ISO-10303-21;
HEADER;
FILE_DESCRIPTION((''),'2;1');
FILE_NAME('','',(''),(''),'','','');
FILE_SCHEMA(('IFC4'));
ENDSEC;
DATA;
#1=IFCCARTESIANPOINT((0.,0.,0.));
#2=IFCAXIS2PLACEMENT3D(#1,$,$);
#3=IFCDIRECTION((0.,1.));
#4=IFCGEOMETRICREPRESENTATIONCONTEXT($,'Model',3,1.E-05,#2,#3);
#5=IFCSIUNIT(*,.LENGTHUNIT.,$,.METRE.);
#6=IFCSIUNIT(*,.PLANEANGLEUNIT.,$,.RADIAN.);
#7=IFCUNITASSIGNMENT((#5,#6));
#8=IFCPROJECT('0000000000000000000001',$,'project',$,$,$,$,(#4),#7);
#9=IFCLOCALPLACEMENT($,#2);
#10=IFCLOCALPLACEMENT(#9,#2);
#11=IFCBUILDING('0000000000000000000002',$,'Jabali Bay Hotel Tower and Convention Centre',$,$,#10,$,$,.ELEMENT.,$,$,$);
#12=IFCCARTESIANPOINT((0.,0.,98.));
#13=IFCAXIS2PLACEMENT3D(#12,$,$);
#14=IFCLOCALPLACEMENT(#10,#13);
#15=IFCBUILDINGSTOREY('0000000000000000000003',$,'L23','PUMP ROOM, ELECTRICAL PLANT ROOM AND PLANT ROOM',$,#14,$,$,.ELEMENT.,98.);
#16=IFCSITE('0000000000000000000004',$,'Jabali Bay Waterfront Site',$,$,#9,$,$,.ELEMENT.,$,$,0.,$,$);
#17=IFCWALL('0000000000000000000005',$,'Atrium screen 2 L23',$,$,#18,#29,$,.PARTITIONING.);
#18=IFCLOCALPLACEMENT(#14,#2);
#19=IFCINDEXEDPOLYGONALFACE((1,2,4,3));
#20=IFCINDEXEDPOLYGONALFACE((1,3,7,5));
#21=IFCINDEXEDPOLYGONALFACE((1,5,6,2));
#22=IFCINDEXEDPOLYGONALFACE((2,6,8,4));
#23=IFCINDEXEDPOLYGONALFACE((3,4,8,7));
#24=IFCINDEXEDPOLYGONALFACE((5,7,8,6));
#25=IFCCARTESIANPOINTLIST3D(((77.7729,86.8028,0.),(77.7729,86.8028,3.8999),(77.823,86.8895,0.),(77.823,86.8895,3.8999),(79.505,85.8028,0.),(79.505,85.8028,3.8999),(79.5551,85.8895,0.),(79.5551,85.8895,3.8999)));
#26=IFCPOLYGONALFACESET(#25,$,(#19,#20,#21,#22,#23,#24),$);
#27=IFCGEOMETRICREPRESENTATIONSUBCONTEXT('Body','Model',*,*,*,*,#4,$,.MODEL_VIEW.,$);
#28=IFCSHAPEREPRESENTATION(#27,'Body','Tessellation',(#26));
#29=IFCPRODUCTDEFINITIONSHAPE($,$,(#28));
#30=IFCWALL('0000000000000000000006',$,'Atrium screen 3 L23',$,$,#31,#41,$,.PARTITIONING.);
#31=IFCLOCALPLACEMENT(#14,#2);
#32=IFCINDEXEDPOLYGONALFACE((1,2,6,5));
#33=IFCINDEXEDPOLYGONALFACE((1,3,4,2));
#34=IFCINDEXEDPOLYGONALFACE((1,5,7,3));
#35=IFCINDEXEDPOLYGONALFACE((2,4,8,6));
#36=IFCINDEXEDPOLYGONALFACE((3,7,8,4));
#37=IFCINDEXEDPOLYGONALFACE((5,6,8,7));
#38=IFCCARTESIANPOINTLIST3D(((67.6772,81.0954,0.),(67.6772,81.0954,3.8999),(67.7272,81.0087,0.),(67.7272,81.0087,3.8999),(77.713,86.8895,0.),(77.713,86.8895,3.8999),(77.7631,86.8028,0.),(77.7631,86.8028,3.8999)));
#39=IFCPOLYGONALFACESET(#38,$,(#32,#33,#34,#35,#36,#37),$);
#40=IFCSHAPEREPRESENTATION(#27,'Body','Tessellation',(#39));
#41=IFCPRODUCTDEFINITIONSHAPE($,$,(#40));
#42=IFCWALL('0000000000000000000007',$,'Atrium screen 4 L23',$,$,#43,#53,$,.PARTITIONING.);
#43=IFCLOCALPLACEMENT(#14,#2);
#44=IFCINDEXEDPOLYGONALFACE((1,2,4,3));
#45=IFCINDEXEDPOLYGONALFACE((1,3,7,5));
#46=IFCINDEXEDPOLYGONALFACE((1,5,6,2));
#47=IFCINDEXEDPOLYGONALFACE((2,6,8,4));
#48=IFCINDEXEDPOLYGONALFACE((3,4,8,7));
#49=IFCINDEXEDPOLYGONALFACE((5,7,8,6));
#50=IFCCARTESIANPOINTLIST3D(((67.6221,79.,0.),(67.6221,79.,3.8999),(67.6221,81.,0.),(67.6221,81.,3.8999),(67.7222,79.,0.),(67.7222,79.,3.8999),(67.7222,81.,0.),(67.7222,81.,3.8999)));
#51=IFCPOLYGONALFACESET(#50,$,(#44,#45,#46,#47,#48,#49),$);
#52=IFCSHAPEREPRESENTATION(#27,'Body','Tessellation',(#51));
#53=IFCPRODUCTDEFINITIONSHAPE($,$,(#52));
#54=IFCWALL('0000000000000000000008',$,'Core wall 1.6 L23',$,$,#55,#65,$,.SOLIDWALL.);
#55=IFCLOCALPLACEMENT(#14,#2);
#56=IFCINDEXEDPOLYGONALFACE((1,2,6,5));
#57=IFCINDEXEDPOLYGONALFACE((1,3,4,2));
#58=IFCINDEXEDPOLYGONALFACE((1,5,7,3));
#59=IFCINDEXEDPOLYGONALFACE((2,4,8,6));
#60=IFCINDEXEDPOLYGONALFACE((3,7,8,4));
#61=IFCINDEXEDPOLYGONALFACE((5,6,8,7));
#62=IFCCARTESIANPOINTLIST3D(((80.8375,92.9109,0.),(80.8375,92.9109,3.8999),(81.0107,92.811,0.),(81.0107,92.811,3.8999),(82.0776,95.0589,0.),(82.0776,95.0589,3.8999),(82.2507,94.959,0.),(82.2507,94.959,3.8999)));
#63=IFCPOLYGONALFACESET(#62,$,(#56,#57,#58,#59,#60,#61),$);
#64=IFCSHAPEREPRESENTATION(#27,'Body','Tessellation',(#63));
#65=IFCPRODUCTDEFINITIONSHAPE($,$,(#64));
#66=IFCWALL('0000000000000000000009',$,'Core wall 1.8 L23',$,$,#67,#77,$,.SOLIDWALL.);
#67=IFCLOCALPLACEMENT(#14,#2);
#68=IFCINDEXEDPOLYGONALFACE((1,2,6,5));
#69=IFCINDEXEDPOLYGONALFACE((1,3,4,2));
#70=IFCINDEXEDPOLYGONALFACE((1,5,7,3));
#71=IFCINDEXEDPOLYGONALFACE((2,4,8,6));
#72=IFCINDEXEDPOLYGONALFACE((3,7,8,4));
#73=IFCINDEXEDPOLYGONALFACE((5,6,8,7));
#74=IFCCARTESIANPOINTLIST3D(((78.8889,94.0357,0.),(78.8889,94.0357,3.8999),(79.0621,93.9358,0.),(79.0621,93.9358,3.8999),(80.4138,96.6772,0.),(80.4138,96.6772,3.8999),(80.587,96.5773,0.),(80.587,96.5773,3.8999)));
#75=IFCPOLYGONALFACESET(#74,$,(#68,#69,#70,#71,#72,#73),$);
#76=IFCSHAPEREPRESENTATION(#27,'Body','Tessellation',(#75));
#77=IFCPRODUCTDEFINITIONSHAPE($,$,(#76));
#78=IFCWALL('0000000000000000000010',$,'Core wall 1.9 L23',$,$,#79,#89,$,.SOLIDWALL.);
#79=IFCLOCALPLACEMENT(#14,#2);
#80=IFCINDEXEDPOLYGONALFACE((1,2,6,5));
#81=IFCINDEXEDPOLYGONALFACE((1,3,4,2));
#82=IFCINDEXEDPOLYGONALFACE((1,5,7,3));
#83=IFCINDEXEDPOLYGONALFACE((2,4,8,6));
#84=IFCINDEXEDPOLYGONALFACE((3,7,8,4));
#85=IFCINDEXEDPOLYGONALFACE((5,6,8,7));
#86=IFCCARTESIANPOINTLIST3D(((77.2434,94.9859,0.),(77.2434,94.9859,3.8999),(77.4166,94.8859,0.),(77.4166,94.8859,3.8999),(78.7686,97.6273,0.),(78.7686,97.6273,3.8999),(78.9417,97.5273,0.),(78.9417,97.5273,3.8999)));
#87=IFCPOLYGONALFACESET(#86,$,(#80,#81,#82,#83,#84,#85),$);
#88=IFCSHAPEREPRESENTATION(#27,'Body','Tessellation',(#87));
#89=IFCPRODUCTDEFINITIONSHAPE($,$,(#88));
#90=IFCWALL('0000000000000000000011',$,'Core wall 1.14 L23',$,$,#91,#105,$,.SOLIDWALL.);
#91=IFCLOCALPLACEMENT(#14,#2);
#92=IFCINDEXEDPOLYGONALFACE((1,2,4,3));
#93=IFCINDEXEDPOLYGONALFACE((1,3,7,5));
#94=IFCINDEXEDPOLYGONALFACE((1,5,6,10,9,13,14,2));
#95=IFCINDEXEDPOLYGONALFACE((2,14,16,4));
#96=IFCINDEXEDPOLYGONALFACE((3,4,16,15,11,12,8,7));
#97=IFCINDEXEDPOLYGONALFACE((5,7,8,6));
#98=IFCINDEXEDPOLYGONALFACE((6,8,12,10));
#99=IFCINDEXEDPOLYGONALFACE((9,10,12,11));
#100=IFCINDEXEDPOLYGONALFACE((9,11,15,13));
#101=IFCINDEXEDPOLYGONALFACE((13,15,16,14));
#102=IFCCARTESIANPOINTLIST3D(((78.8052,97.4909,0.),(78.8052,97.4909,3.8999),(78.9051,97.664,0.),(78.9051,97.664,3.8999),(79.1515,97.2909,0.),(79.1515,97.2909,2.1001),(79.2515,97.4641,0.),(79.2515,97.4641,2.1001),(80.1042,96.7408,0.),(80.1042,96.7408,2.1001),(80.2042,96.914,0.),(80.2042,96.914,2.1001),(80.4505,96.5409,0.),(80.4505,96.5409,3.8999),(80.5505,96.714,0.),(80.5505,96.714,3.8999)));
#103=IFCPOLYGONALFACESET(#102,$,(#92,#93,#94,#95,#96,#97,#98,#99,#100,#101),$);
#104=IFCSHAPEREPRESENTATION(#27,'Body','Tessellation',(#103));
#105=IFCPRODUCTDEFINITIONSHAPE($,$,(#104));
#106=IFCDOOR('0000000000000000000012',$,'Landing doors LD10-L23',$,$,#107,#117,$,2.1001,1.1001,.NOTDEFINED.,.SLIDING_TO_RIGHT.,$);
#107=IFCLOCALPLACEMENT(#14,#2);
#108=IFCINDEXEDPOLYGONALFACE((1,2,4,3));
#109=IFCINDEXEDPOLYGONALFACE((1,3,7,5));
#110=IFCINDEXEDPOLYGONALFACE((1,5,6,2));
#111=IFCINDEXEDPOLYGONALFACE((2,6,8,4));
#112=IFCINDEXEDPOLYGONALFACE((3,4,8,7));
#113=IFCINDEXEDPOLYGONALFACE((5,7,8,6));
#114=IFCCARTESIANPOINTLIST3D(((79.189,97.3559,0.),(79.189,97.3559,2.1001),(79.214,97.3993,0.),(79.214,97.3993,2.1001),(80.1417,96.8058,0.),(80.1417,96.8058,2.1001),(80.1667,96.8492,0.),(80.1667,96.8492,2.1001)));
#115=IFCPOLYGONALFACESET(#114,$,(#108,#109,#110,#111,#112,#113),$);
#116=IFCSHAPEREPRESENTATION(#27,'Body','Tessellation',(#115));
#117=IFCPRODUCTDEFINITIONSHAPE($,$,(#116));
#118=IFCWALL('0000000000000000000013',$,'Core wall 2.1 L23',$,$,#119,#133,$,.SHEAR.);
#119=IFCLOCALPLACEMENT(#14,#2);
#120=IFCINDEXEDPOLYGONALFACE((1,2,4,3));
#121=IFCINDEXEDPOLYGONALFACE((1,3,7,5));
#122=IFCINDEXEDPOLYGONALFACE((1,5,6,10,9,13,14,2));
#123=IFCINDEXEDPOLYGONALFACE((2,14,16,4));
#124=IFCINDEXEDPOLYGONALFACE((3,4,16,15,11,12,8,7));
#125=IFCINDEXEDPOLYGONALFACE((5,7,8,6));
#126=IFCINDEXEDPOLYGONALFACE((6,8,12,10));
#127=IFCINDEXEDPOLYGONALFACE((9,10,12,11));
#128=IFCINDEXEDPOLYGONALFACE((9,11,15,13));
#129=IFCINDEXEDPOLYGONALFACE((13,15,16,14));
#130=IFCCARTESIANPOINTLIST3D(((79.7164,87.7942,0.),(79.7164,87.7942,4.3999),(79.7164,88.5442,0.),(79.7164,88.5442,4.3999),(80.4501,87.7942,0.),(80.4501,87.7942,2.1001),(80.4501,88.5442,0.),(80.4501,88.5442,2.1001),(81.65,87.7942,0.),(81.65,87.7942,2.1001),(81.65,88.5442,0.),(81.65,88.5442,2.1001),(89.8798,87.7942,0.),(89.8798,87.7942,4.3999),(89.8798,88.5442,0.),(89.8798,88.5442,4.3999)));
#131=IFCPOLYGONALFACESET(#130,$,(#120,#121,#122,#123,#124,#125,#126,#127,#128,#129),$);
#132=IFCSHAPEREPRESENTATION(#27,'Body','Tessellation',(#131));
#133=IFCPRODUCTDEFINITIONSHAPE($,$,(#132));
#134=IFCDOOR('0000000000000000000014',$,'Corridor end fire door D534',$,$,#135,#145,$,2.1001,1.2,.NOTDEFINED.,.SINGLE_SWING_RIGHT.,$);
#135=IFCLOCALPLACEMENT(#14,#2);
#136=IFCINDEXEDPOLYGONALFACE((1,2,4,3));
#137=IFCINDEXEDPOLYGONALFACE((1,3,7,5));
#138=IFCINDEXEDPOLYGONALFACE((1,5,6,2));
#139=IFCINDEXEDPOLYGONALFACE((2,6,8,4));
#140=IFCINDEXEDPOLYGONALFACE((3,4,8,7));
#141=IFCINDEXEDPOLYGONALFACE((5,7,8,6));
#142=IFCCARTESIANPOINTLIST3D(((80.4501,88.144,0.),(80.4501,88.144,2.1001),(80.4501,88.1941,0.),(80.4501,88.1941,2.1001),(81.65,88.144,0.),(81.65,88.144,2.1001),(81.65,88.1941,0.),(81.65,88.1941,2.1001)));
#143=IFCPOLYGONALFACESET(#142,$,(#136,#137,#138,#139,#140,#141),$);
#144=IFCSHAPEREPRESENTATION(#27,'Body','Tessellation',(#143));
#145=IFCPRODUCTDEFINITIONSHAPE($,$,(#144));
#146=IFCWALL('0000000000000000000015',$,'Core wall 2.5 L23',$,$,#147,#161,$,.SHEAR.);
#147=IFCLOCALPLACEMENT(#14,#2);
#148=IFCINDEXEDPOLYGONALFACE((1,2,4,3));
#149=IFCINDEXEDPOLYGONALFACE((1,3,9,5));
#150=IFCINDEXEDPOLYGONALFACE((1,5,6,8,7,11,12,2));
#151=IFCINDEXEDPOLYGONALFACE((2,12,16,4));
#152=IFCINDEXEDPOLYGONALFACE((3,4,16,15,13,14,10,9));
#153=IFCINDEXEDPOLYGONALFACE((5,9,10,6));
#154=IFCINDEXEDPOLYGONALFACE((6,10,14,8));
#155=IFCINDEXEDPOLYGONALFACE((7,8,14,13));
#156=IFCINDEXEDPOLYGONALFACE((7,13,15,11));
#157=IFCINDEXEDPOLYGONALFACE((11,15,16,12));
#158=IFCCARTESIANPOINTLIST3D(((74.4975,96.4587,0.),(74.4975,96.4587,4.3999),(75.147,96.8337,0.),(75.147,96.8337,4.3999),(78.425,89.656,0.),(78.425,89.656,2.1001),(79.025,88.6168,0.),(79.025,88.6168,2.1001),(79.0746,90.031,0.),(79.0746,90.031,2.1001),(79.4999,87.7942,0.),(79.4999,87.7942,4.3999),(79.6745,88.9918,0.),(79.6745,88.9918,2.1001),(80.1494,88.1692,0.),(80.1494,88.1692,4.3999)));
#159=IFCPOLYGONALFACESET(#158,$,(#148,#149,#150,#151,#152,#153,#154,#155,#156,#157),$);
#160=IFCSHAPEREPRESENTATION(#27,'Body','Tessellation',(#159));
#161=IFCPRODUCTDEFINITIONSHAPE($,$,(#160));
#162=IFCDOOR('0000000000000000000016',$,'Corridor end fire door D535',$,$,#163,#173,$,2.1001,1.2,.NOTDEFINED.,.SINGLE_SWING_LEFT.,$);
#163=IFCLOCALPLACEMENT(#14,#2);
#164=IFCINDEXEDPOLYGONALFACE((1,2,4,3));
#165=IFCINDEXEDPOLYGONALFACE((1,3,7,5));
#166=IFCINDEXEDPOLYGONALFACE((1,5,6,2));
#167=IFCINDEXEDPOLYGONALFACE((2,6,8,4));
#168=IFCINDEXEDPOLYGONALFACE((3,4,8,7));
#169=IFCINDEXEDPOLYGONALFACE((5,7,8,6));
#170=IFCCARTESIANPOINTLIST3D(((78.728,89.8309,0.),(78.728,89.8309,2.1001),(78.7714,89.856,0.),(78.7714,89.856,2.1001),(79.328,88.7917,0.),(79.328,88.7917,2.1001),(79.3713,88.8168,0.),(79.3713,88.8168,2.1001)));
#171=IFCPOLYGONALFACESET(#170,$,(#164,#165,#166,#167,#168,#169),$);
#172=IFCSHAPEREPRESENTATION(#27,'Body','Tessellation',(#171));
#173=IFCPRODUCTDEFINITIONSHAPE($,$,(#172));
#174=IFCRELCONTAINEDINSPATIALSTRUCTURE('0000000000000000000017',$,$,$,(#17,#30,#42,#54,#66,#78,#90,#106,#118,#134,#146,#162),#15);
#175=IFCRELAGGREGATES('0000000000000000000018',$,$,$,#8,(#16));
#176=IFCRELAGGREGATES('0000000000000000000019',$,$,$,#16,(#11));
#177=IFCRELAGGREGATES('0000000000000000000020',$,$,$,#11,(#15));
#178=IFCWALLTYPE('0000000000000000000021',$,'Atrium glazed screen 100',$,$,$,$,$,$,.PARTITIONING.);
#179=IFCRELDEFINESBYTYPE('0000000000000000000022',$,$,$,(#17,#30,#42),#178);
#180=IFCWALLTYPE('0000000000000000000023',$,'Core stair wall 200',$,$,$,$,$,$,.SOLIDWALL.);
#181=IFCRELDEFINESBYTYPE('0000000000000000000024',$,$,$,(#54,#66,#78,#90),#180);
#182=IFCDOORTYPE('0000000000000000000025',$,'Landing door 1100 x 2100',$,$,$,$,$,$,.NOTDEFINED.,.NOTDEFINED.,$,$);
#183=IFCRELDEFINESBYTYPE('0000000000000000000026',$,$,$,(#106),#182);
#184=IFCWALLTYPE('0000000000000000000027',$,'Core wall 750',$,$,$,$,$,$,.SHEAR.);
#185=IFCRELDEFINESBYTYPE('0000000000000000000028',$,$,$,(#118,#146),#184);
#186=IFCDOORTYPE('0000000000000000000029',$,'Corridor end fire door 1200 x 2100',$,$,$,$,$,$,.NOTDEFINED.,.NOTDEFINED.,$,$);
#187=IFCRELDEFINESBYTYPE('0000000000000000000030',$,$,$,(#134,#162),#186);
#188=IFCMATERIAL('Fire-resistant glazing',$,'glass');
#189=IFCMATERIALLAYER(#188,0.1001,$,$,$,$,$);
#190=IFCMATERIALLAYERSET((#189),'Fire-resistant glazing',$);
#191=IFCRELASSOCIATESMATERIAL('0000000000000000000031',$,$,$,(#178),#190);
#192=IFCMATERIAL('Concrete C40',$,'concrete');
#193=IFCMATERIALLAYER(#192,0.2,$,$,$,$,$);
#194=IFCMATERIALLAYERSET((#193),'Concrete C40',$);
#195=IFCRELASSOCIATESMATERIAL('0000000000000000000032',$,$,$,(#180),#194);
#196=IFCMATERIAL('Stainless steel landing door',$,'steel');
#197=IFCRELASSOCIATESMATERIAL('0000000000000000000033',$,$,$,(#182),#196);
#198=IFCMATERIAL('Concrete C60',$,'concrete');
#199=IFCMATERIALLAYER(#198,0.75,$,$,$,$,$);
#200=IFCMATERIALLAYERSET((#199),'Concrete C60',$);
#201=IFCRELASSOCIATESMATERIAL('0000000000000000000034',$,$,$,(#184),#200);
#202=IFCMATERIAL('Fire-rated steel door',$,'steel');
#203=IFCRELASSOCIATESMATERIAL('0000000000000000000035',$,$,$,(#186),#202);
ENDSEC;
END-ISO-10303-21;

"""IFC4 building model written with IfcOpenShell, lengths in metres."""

from ifc_helpers import new_model, si_unit, direction, frame, frame_2d, origin, place, context, subcontext, project, spatial, rectangle, extrude, material, layer, layer_set, type_object, element, fill, save


model = new_model("IFC4")

# Units and contexts
model_context = context("Model", 3, precision=1e-05, world=origin(), true_north=direction((0.0, 1.0)))
body_context = subcontext(model_context, "Body", "Model", "MODEL_VIEW")
ifc_project = project(units=[si_unit("LENGTHUNIT", "METRE"), si_unit("PLANEANGLEUNIT", "RADIAN")], contexts=[model_context])

# Site, building, storey
site_placement = place(None, origin())
site = spatial("IfcSite", under=ifc_project, at=site_placement, Name="Jabali Bay Waterfront Site", CompositionType="ELEMENT", RefElevation=0.0)
building_placement = place(site_placement, origin())
building = spatial("IfcBuilding", under=site, at=building_placement, Name="Jabali Bay Hotel Tower and Convention Centre", CompositionType="ELEMENT")
storey_placement = place(building_placement, frame((0.0, 0.0, 98.0)))
storey = spatial("IfcBuildingStorey", under=building, at=storey_placement, Name="L23", Description="PUMP ROOM, ELECTRICAL PLANT ROOM AND PLANT ROOM", CompositionType="ELEMENT", Elevation=98.0)

# Walls
ifc_material_1 = material(Name="Fire-resistant glazing", Category="glass")
ifc_layer_1 = layer(ifc_material_1, 0.1001)
ifc_layer_set_1 = layer_set([ifc_layer_1], Name="Fire-resistant glazing")
wall_type_1 = type_object("IfcWallType", Name="Atrium glazed screen 100", PredefinedType="PARTITIONING", material=ifc_layer_set_1)
wall_1_placement = place(storey_placement, frame((79.53, 85.8462, 0.0), z_axis=(0.0, 0.0, 1.0), x_axis=(-0.866041, 0.499973, 0.0)))
element("IfcWall", 1, at=wall_1_placement, inside=storey, type_object=wall_type_1, Name="Atrium screen 2 L23", PredefinedType="PARTITIONING", context=body_context, shape_type="SweptSolid", body=[
    extrude(rectangle(XDim=2.0, YDim=0.1001, at=frame_2d((1.0, 0.0))), origin(), (0.0, 0.0, 1.0), 3.8999),
])
wall_2_placement = place(storey_placement, frame((77.738, 86.8462, 0.0), z_axis=(0.0, 0.0, 1.0), x_axis=(-0.866027, -0.499998, 0.0)))
element("IfcWall", 2, at=wall_2_placement, inside=storey, type_object=wall_type_1, Name="Atrium screen 3 L23", PredefinedType="PARTITIONING", context=body_context, shape_type="SweptSolid", body=[
    extrude(rectangle(XDim=11.5884, YDim=0.1001, at=frame_2d((5.7942, 0.0))), origin(), (0.0, 0.0, 1.0), 3.8999),
])
wall_3_placement = place(storey_placement, frame((67.6721, 81.0, 0.0), z_axis=(0.0, 0.0, 1.0), x_axis=(0.0, -1.0, 0.0)))
element("IfcWall", 3, at=wall_3_placement, inside=storey, type_object=wall_type_1, Name="Atrium screen 4 L23", PredefinedType="PARTITIONING", context=body_context, shape_type="SweptSolid", body=[
    extrude(rectangle(XDim=2.0, YDim=0.1001, at=frame_2d((1.0, 0.0))), origin(), (0.0, 0.0, 1.0), 3.8999),
])
ifc_material_2 = material(Name="Concrete C40", Category="concrete")
ifc_layer_2 = layer(ifc_material_2, 0.2)
ifc_layer_set_2 = layer_set([ifc_layer_2], Name="Concrete C40")
wall_type_2 = type_object("IfcWallType", Name="Core stair wall 200", PredefinedType="SOLIDWALL", material=ifc_layer_set_2)
wall_4_placement = place(storey_placement, frame((80.9241, 92.8608, 0.0), z_axis=(0.0, 0.0, 1.0), x_axis=(0.499961, 0.866048, 0.0)))
element("IfcWall", 4, at=wall_4_placement, inside=storey, type_object=wall_type_2, Name="Core wall 1.6 L23", PredefinedType="SOLIDWALL", context=body_context, shape_type="SweptSolid", body=[
    extrude(rectangle(XDim=2.4802, YDim=0.2, at=frame_2d((1.2402, 0.0))), origin(), (0.0, 0.0, 1.0), 3.8999),
])
for number, where, z_axis, x_axis, name in (
    (5, (78.9756, 93.9858, 0.0), (0.0, 0.0, 1.0), (0.499944, 0.866058, 0.0), "Core wall 1.8 L23"),
    (6, (77.3301, 94.936, 0.0), (0.0, 0.0, 1.0), (0.500039, 0.866003, 0.0), "Core wall 1.9 L23"),
):
    element("IfcWall", number, at=place(storey_placement, frame(where, z_axis=z_axis, x_axis=x_axis)), inside=storey, type_object=wall_type_2, Name=name, PredefinedType="SOLIDWALL", context=body_context, shape_type="SweptSolid", body=[
        extrude(rectangle(XDim=3.05, YDim=0.2, at=frame_2d((1.5249, 0.0))), origin(), (0.0, 0.0, 1.0), 3.8999),
    ])

# Walls, openings, doors
wall_5_placement = place(storey_placement, frame((80.5005, 96.6274, 0.0), z_axis=(0.0, 0.0, 1.0), x_axis=(-0.866012, 0.500023, 0.0)))
wall_5 = element("IfcWall", 7, at=wall_5_placement, inside=storey, type_object=wall_type_2, Name="Core wall 1.14 L23", PredefinedType="SOLIDWALL", context=body_context, shape_type="SweptSolid", body=[
    extrude(rectangle(XDim=1.8999, YDim=0.2, at=frame_2d((0.95, 0.0))), origin(), (0.0, 0.0, 1.0), 3.8999),
])
opening_1_placement = place(wall_5_placement, frame((0.3999, 0.0, 0.0)))
opening_1 = element("IfcOpeningElement", 8, at=opening_1_placement, cuts=wall_5, PredefinedType="OPENING", context=body_context, shape_type="SweptSolid", body=[
    extrude(rectangle(XDim=1.1001, YDim=2.1001, at=frame_2d((0.55, 1.05))), frame((0.0, 0.1104, 0.0), z_axis=(0.0, -1.0, 0.0), x_axis=(1.0, 0.0, 0.0)), (0.0, 0.0, 1.0), 0.2209),
])
ifc_material_3 = material(Name="Stainless steel landing door", Category="steel")
door_type_1 = type_object("IfcDoorType", Name="Landing door 1100 x 2100", OperationType="NOTDEFINED", PredefinedType="NOTDEFINED", material=ifc_material_3)
door_1_placement = place(opening_1_placement, origin())
door_1 = element("IfcDoor", 9, at=door_1_placement, inside=storey, type_object=door_type_1, Name="Landing doors LD10-L23", OperationType="SLIDING_TO_RIGHT", OverallHeight=2.1001, OverallWidth=1.1001, PredefinedType="NOTDEFINED", context=body_context, shape_type="SweptSolid", body=[
    extrude(rectangle(XDim=1.1001, YDim=2.1001, at=frame_2d((0.55, 1.05))), frame((0.0, 0.0249, 0.0), z_axis=(0.0, -1.0, 0.0), x_axis=(1.0, 0.0, 0.0)), (0.0, 0.0, 1.0), 0.05),
])
fill(opening_1, door_1)
ifc_material_4 = material(Name="Concrete C60", Category="concrete")
ifc_layer_3 = layer(ifc_material_4, 0.75)
ifc_layer_set_3 = layer_set([ifc_layer_3], Name="Concrete C60")
wall_type_3 = type_object("IfcWallType", Name="Core wall 750", PredefinedType="SHEAR", material=ifc_layer_set_3)
wall_6_placement = place(storey_placement, frame((79.7166, 88.1692, 0.0), z_axis=(0.0, 0.0, 1.0), x_axis=(1.0, 0.0, 0.0)))
wall_6 = element("IfcWall", 10, at=wall_6_placement, inside=storey, type_object=wall_type_3, Name="Core wall 2.1 L23", PredefinedType="SHEAR", context=body_context, shape_type="SweptSolid", body=[
    extrude(rectangle(XDim=10.1633, YDim=0.75, at=frame_2d((5.0815, 0.0))), origin(), (0.0, 0.0, 1.0), 4.3999),
])
opening_2_placement = place(wall_6_placement, frame((0.7334, 0.0, 0.0)))
opening_2 = element("IfcOpeningElement", 11, at=opening_2_placement, cuts=wall_6, PredefinedType="OPENING", context=body_context, shape_type="SweptSolid", body=[
    extrude(rectangle(XDim=1.2, YDim=2.1001, at=frame_2d((0.6001, 1.05))), frame((0.0, 0.3855, 0.0), z_axis=(0.0, -1.0, 0.0), x_axis=(1.0, 0.0, 0.0)), (0.0, 0.0, 1.0), 0.771),
])
ifc_material_5 = material(Name="Fire-rated steel door", Category="steel")
door_type_2 = type_object("IfcDoorType", Name="Corridor end fire door 1200 x 2100", OperationType="NOTDEFINED", PredefinedType="NOTDEFINED", material=ifc_material_5)
door_2_placement = place(opening_2_placement, origin())
door_2 = element("IfcDoor", 12, at=door_2_placement, inside=storey, type_object=door_type_2, Name="Corridor end fire door D534", OperationType="SINGLE_SWING_RIGHT", OverallHeight=2.1001, OverallWidth=1.2, PredefinedType="NOTDEFINED", context=body_context, shape_type="SweptSolid", body=[
    extrude(rectangle(XDim=1.2, YDim=2.1001, at=frame_2d((0.6001, 1.05))), frame((0.0, 0.0249, 0.0), z_axis=(0.0, -1.0, 0.0), x_axis=(1.0, 0.0, 0.0)), (0.0, 0.0, 1.0), 0.05),
])
fill(opening_2, door_2)
wall_7_placement = place(storey_placement, frame((74.8223, 96.6462, 0.0), z_axis=(0.0, 0.0, 1.0), x_axis=(0.499997, -0.866027, 0.0)))
wall_7 = element("IfcWall", 13, at=wall_7_placement, inside=storey, type_object=wall_type_3, Name="Core wall 2.5 L23", PredefinedType="SHEAR", context=body_context, shape_type="SweptSolid", body=[
    extrude(rectangle(XDim=10.0049, YDim=0.75, at=frame_2d((5.0024, 0.0))), origin(), (0.0, 0.0, 1.0), 4.3999),
])
opening_3_placement = place(wall_7_placement, frame((7.855, 0.0, 0.0)))
opening_3 = element("IfcOpeningElement", 14, at=opening_3_placement, cuts=wall_7, PredefinedType="OPENING", context=body_context, shape_type="SweptSolid", body=[
    extrude(rectangle(XDim=1.2, YDim=2.1001, at=frame_2d((0.6001, 1.05))), frame((0.0, 0.3855, 0.0), z_axis=(0.0, -1.0, 0.0), x_axis=(1.0, 0.0, 0.0)), (0.0, 0.0, 1.0), 0.771),
])
door_3_placement = place(opening_3_placement, origin())
door_3 = element("IfcDoor", 15, at=door_3_placement, inside=storey, type_object=door_type_2, Name="Corridor end fire door D535", OperationType="SINGLE_SWING_LEFT", OverallHeight=2.1001, OverallWidth=1.2, PredefinedType="NOTDEFINED", context=body_context, shape_type="SweptSolid", body=[
    extrude(rectangle(XDim=1.2, YDim=2.1001, at=frame_2d((0.6001, 1.05))), frame((0.0, 0.0249, 0.0), z_axis=(0.0, -1.0, 0.0), x_axis=(1.0, 0.0, 0.0)), (0.0, 0.0, 1.0), 0.05),
])
fill(opening_3, door_3)

save(model, "model.ifc")
